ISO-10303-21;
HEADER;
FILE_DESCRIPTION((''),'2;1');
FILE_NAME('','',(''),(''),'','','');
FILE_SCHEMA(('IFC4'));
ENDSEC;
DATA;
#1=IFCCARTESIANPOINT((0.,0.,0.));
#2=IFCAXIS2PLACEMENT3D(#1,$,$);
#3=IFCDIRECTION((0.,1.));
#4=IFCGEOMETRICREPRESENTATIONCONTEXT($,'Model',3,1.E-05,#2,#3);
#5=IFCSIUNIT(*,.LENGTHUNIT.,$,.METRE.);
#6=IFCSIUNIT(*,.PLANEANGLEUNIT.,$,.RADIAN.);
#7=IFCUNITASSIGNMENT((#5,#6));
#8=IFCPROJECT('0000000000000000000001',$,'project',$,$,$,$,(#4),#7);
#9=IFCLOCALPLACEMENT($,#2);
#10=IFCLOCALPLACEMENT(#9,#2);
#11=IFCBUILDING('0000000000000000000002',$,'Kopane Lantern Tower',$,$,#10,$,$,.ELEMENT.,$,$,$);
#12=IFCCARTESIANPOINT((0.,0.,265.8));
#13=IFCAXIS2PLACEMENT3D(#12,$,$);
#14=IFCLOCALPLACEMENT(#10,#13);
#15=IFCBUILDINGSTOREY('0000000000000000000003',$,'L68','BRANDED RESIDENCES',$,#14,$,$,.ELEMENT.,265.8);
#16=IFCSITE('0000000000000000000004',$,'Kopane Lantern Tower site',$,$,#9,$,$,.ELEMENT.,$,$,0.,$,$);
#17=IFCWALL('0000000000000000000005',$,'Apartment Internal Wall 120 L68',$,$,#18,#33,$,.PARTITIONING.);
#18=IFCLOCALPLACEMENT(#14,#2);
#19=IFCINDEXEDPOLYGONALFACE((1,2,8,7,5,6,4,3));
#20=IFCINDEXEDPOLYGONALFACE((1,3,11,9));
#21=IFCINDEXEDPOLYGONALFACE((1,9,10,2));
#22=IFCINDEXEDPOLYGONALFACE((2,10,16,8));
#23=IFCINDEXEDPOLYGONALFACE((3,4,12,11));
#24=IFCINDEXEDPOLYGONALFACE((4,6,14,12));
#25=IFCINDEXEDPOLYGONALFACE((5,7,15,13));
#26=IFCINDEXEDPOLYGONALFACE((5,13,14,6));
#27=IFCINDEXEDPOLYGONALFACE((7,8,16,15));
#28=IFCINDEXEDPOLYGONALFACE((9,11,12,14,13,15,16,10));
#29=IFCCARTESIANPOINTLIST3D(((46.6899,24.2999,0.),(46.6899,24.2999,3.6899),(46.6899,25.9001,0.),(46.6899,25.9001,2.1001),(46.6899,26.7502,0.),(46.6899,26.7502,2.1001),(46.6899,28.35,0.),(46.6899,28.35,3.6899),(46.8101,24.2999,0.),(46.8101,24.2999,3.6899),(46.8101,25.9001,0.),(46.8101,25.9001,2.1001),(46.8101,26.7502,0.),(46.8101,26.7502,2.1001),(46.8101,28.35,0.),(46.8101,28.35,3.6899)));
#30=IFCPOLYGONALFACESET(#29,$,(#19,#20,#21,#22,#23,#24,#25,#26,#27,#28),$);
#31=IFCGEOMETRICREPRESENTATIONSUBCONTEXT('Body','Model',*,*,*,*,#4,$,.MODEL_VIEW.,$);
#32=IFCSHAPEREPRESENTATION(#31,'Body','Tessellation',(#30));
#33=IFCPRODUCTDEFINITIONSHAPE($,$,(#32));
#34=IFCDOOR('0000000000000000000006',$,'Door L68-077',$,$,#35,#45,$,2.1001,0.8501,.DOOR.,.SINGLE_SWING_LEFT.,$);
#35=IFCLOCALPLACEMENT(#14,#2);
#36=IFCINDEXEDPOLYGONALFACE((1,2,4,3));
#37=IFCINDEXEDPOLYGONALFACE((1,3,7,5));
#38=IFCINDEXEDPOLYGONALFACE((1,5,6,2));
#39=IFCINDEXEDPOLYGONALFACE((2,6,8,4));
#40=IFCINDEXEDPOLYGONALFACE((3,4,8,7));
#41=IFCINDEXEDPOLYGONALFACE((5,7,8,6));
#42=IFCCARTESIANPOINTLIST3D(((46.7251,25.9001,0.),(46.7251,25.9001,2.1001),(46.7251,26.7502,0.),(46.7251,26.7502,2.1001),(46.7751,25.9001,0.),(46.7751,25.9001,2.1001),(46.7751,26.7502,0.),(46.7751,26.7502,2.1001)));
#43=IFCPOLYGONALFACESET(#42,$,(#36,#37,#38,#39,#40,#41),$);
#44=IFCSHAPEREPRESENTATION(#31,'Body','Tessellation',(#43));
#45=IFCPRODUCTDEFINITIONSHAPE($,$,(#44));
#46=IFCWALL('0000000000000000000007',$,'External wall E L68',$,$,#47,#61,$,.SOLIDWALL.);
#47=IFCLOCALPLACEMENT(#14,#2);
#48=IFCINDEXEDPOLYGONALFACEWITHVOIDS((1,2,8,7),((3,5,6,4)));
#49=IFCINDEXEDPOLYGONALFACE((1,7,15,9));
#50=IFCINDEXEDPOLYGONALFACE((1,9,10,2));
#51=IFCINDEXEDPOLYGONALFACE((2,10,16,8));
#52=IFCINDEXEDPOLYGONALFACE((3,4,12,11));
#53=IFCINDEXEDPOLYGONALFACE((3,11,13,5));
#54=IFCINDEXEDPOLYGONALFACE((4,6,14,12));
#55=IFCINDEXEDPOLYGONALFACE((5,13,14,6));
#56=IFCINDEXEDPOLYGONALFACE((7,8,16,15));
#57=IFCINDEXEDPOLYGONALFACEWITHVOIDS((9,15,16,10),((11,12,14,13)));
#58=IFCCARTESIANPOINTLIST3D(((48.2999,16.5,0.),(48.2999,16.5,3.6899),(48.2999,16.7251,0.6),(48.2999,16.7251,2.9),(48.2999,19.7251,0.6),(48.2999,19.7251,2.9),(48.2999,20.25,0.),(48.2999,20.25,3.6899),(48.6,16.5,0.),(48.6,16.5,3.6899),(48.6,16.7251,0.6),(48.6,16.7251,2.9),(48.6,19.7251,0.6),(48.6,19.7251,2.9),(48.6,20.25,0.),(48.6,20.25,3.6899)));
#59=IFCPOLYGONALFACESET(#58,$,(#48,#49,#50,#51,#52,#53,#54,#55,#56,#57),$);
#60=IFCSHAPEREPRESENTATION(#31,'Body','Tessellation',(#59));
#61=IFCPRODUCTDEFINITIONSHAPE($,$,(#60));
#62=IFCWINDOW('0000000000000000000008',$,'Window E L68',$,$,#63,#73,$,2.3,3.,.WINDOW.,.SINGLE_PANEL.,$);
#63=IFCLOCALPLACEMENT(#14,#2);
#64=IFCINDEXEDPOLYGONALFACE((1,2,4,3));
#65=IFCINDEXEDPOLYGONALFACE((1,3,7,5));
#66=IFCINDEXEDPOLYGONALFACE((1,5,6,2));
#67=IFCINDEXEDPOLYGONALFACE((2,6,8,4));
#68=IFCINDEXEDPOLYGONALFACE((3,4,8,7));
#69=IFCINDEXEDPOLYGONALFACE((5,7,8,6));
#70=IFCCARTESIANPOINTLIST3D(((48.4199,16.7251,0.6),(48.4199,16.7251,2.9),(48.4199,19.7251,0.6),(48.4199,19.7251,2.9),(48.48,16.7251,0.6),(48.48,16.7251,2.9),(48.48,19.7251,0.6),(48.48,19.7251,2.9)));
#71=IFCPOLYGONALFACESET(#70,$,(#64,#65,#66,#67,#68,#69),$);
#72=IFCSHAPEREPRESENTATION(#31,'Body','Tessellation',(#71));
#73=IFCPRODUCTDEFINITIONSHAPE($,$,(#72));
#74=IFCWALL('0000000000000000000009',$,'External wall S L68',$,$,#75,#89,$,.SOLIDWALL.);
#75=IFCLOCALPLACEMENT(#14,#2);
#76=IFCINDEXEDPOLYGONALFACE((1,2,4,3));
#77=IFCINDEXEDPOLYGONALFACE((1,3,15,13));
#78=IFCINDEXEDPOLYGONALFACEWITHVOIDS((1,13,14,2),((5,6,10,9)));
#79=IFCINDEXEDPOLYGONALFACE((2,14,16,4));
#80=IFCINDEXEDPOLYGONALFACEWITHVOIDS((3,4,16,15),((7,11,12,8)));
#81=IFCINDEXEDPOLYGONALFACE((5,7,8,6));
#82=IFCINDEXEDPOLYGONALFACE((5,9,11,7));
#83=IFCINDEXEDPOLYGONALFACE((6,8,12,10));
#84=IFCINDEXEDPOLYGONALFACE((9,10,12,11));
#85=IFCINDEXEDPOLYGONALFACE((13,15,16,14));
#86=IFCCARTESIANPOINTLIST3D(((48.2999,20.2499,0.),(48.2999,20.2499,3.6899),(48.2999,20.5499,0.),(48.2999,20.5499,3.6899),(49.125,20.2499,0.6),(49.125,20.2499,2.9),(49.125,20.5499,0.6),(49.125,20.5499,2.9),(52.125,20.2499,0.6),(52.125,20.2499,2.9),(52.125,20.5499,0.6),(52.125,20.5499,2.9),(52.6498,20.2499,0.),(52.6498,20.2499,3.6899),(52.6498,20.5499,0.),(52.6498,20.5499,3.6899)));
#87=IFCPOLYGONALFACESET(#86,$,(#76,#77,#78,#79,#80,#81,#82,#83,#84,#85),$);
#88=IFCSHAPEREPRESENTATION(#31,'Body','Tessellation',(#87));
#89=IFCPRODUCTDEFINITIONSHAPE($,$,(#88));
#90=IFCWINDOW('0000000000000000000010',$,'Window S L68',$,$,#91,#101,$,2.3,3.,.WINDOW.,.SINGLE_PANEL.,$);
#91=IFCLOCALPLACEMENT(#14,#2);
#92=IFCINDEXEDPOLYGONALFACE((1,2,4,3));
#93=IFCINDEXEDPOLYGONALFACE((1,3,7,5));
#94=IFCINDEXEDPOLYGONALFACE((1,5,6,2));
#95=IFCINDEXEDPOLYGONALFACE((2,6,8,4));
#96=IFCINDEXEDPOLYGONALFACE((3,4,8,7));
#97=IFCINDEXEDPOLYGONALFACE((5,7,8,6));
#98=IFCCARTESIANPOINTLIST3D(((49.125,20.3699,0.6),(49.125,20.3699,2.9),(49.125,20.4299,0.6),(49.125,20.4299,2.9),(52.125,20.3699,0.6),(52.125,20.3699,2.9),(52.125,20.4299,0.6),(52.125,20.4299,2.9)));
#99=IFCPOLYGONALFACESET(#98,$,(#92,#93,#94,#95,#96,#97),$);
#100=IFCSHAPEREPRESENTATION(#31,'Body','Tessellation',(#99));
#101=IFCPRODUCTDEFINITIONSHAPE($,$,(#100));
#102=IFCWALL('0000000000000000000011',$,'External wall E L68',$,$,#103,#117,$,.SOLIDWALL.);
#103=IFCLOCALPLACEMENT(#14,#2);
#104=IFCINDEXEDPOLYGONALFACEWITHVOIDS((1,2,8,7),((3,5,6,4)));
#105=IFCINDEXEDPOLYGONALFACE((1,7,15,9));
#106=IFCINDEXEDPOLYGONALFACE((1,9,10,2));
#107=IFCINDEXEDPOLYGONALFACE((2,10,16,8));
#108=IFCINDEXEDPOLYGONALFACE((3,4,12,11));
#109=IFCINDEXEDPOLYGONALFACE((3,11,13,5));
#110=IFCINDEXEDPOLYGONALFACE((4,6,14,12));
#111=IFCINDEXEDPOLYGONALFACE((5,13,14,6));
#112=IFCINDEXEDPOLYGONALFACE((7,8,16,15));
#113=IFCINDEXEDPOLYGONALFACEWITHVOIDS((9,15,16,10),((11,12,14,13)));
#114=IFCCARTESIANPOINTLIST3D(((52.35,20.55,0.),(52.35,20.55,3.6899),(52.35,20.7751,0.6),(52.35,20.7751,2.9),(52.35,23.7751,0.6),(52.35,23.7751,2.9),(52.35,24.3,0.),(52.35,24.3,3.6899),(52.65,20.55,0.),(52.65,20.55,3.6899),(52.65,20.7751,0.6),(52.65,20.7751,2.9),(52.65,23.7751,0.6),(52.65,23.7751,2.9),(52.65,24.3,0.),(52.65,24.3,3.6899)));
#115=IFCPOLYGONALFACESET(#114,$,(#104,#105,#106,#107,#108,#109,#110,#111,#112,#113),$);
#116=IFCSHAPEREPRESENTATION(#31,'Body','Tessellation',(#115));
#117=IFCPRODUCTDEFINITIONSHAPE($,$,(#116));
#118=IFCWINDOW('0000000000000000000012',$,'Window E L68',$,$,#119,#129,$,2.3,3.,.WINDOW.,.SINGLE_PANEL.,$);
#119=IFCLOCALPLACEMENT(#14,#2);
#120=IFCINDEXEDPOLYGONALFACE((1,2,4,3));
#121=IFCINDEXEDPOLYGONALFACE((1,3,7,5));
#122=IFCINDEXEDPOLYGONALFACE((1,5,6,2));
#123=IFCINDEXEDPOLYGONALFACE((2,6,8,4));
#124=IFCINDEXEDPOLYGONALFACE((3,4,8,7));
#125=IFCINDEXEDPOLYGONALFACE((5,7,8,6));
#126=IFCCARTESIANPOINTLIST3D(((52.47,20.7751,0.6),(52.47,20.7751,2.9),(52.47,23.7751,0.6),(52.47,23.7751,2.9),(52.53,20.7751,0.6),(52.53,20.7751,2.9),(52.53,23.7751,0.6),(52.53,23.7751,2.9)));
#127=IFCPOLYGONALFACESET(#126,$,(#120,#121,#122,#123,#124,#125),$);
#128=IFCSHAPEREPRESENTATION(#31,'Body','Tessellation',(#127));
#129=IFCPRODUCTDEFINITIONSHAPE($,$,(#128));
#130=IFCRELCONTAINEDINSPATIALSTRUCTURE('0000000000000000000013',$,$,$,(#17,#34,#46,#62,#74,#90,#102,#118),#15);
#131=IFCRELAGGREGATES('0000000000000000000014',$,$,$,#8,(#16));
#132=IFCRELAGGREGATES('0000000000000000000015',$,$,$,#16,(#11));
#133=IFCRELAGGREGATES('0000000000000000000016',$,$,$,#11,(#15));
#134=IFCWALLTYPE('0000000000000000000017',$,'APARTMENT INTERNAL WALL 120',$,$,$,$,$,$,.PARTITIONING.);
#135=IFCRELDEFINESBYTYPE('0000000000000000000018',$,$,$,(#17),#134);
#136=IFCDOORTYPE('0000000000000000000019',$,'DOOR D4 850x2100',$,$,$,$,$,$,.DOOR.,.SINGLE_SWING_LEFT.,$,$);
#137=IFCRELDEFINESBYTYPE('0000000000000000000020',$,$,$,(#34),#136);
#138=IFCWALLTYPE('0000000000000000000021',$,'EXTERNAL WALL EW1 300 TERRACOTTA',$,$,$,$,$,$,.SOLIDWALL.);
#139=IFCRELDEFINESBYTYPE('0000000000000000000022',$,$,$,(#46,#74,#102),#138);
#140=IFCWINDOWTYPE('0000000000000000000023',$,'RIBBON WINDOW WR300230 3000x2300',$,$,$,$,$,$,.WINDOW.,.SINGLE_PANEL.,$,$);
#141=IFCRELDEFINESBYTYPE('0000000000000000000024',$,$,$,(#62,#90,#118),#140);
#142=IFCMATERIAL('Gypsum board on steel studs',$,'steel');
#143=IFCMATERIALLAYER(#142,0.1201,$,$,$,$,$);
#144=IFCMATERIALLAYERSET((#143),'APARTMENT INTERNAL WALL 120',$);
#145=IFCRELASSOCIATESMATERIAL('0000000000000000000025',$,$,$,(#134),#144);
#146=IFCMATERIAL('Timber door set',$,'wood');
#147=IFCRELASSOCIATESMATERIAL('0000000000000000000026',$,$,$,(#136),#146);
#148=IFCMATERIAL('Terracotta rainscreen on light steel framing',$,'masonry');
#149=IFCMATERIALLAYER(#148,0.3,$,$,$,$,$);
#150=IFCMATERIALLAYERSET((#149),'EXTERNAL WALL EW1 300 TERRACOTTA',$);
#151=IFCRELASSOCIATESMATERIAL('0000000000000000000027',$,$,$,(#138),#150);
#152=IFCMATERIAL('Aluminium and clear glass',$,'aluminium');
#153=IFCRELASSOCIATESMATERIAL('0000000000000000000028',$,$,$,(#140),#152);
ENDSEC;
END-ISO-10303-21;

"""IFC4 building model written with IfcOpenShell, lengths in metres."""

from ifc_helpers import new_model, si_unit, direction, frame, frame_2d, origin, place, context, subcontext, project, spatial, rectangle, extrude, material, layer, layer_set, type_object, element, fill, save


model = new_model("IFC4")

# Units and contexts
model_context = context("Model", 3, precision=1e-05, world=origin(), true_north=direction((0.0, 1.0)))
body_context = subcontext(model_context, "Body", "Model", "MODEL_VIEW")
ifc_project = project(units=[si_unit("LENGTHUNIT", "METRE"), si_unit("PLANEANGLEUNIT", "RADIAN")], contexts=[model_context])

# Site, building, storey
site_placement = place(None, origin())
site = spatial("IfcSite", under=ifc_project, at=site_placement, Name="Kopane Lantern Tower site", CompositionType="ELEMENT", RefElevation=0.0)
building_placement = place(site_placement, origin())
building = spatial("IfcBuilding", under=site, at=building_placement, Name="Kopane Lantern Tower", CompositionType="ELEMENT")
storey_placement = place(building_placement, frame((0.0, 0.0, 265.8)))
storey = spatial("IfcBuildingStorey", under=building, at=storey_placement, Name="L68", Description="BRANDED RESIDENCES", CompositionType="ELEMENT", Elevation=265.8)

# Shared definitions
ifc_material_1 = material(Name="Gypsum board on steel studs", Category="steel")
ifc_layer_1 = layer(ifc_material_1, 0.1201)
ifc_layer_set_1 = layer_set([ifc_layer_1], Name="APARTMENT INTERNAL WALL 120")
wall_type_1 = type_object("IfcWallType", Name="APARTMENT INTERNAL WALL 120", PredefinedType="PARTITIONING", material=ifc_layer_set_1)
ifc_material_2 = material(Name="Timber door set", Category="wood")
door_type = type_object("IfcDoorType", Name="DOOR D4 850x2100", OperationType="SINGLE_SWING_LEFT", PredefinedType="DOOR", material=ifc_material_2)

# Wall, opening, door
wall_1_placement = place(storey_placement, frame((46.75, 24.3, 0.0), z_axis=(0.0, 0.0, 1.0), x_axis=(0.0, 1.0, 0.0)))
wall_1 = element("IfcWall", 1, at=wall_1_placement, inside=storey, type_object=wall_type_1, Name="Apartment Internal Wall 120 L68", PredefinedType="PARTITIONING", context=body_context, shape_type="SweptSolid", body=[
    extrude(rectangle(XDim=4.05, YDim=0.1201, at=frame_2d((2.0249, 0.0))), origin(), (0.0, 0.0, 1.0), 3.6899),
])
opening_1_placement = place(wall_1_placement, frame((1.6001, 0.0, 0.0)))
opening_1 = element("IfcOpeningElement", 2, at=opening_1_placement, cuts=wall_1, PredefinedType="OPENING", context=body_context, shape_type="SweptSolid", body=[
    extrude(rectangle(XDim=0.8501, YDim=2.1001, at=frame_2d((0.425, 1.05))), frame((0.0, 0.0701, 0.0), z_axis=(0.0, -1.0, 0.0), x_axis=(1.0, 0.0, 0.0)), (0.0, 0.0, 1.0), 0.1401),
])
door_1_placement = place(opening_1_placement, origin())
door_1 = element("IfcDoor", 3, at=door_1_placement, inside=storey, type_object=door_type, Name="Door L68-077", OperationType="SINGLE_SWING_LEFT", OverallHeight=2.1001, OverallWidth=0.8501, PredefinedType="DOOR", context=body_context, shape_type="SweptSolid", body=[
    extrude(rectangle(XDim=0.8501, YDim=2.1001, at=frame_2d((0.425, 1.05))), frame((0.0, 0.0249, 0.0), z_axis=(0.0, -1.0, 0.0), x_axis=(1.0, 0.0, 0.0)), (0.0, 0.0, 1.0), 0.05),
])
fill(opening_1, door_1)

# Walls, openings, windows
ifc_material_3 = material(Name="Terracotta rainscreen on light steel framing", Category="masonry")
ifc_layer_2 = layer(ifc_material_3, 0.3)
ifc_layer_set_2 = layer_set([ifc_layer_2], Name="EXTERNAL WALL EW1 300 TERRACOTTA")
wall_type_2 = type_object("IfcWallType", Name="EXTERNAL WALL EW1 300 TERRACOTTA", PredefinedType="SOLIDWALL", material=ifc_layer_set_2)
wall_2_placement = place(storey_placement, frame((48.45, 16.5, 0.0), z_axis=(0.0, 0.0, 1.0), x_axis=(0.0, 1.0, 0.0)))
wall_2 = element("IfcWall", 4, at=wall_2_placement, inside=storey, type_object=wall_type_2, Name="External wall E L68", PredefinedType="SOLIDWALL", context=body_context, shape_type="SweptSolid", body=[
    extrude(rectangle(XDim=3.75, YDim=0.3, at=frame_2d((1.875, 0.0))), origin(), (0.0, 0.0, 1.0), 3.6899),
])
opening_2_placement = place(wall_2_placement, frame((0.2251, 0.0, 0.6001)))
opening_2 = element("IfcOpeningElement", 5, at=opening_2_placement, cuts=wall_2, PredefinedType="OPENING", context=body_context, shape_type="SweptSolid", body=[
    extrude(rectangle(XDim=3.0, YDim=2.3, at=frame_2d((1.5, 1.1499))), frame((0.0, 0.1599, 0.0), z_axis=(0.0, -1.0, 0.0), x_axis=(1.0, 0.0, 0.0)), (0.0, 0.0, 1.0), 0.3201),
])
ifc_material_4 = material(Name="Aluminium and clear glass", Category="aluminium")
window_type = type_object("IfcWindowType", Name="RIBBON WINDOW WR300230 3000x2300", PartitioningType="SINGLE_PANEL", PredefinedType="WINDOW", material=ifc_material_4)
window_1_placement = place(opening_2_placement, origin())
window_1 = element("IfcWindow", 6, at=window_1_placement, inside=storey, type_object=window_type, Name="Window E L68", OverallHeight=2.3, OverallWidth=3.0, PartitioningType="SINGLE_PANEL", PredefinedType="WINDOW", context=body_context, shape_type="SweptSolid", body=[
    extrude(rectangle(XDim=3.0, YDim=2.3, at=frame_2d((1.5, 1.1499))), frame((0.0, 0.03, 0.0), z_axis=(0.0, -1.0, 0.0), x_axis=(1.0, 0.0, 0.0)), (0.0, 0.0, 1.0), 0.0601),
])
fill(opening_2, window_1)
wall_3_placement = place(storey_placement, frame((48.3, 20.3999, 0.0), z_axis=(0.0, 0.0, 1.0), x_axis=(1.0, 0.0, 0.0)))
wall_3 = element("IfcWall", 7, at=wall_3_placement, inside=storey, type_object=wall_type_2, Name="External wall S L68", PredefinedType="SOLIDWALL", context=body_context, shape_type="SweptSolid", body=[
    extrude(rectangle(XDim=4.3499, YDim=0.3, at=frame_2d((2.1748, 0.0))), origin(), (0.0, 0.0, 1.0), 3.6899),
])
opening_3_placement = place(wall_3_placement, frame((0.825, 0.0, 0.6001)))
opening_3 = element("IfcOpeningElement", 8, at=opening_3_placement, cuts=wall_3, PredefinedType="OPENING", context=body_context, shape_type="SweptSolid", body=[
    extrude(rectangle(XDim=3.0, YDim=2.3, at=frame_2d((1.5, 1.1499))), frame((0.0, 0.1599, 0.0), z_axis=(0.0, -1.0, 0.0), x_axis=(1.0, 0.0, 0.0)), (0.0, 0.0, 1.0), 0.3201),
])
window_2_placement = place(opening_3_placement, origin())
window_2 = element("IfcWindow", 9, at=window_2_placement, inside=storey, type_object=window_type, Name="Window S L68", OverallHeight=2.3, OverallWidth=3.0, PartitioningType="SINGLE_PANEL", PredefinedType="WINDOW", context=body_context, shape_type="SweptSolid", body=[
    extrude(rectangle(XDim=3.0, YDim=2.3, at=frame_2d((1.5, 1.1499))), frame((0.0, 0.03, 0.0), z_axis=(0.0, -1.0, 0.0), x_axis=(1.0, 0.0, 0.0)), (0.0, 0.0, 1.0), 0.0601),
])
fill(opening_3, window_2)
wall_4_placement = place(storey_placement, frame((52.5, 20.55, 0.0), z_axis=(0.0, 0.0, 1.0), x_axis=(0.0, 1.0, 0.0)))
wall_4 = element("IfcWall", 10, at=wall_4_placement, inside=storey, type_object=wall_type_2, Name="External wall E L68", PredefinedType="SOLIDWALL", context=body_context, shape_type="SweptSolid", body=[
    extrude(rectangle(XDim=3.75, YDim=0.3, at=frame_2d((1.875, 0.0))), origin(), (0.0, 0.0, 1.0), 3.6899),
])
opening_4_placement = place(wall_4_placement, frame((0.2251, 0.0, 0.6001)))
opening_4 = element("IfcOpeningElement", 11, at=opening_4_placement, cuts=wall_4, PredefinedType="OPENING", context=body_context, shape_type="SweptSolid", body=[
    extrude(rectangle(XDim=3.0, YDim=2.3, at=frame_2d((1.5, 1.1499))), frame((0.0, 0.1599, 0.0), z_axis=(0.0, -1.0, 0.0), x_axis=(1.0, 0.0, 0.0)), (0.0, 0.0, 1.0), 0.3201),
])
window_3_placement = place(opening_4_placement, origin())
window_3 = element("IfcWindow", 12, at=window_3_placement, inside=storey, type_object=window_type, Name="Window E L68", OverallHeight=2.3, OverallWidth=3.0, PartitioningType="SINGLE_PANEL", PredefinedType="WINDOW", context=body_context, shape_type="SweptSolid", body=[
    extrude(rectangle(XDim=3.0, YDim=2.3, at=frame_2d((1.5, 1.1499))), frame((0.0, 0.03, 0.0), z_axis=(0.0, -1.0, 0.0), x_axis=(1.0, 0.0, 0.0)), (0.0, 0.0, 1.0), 0.0601),
])
fill(opening_4, window_3)

save(model, "model.ifc")
